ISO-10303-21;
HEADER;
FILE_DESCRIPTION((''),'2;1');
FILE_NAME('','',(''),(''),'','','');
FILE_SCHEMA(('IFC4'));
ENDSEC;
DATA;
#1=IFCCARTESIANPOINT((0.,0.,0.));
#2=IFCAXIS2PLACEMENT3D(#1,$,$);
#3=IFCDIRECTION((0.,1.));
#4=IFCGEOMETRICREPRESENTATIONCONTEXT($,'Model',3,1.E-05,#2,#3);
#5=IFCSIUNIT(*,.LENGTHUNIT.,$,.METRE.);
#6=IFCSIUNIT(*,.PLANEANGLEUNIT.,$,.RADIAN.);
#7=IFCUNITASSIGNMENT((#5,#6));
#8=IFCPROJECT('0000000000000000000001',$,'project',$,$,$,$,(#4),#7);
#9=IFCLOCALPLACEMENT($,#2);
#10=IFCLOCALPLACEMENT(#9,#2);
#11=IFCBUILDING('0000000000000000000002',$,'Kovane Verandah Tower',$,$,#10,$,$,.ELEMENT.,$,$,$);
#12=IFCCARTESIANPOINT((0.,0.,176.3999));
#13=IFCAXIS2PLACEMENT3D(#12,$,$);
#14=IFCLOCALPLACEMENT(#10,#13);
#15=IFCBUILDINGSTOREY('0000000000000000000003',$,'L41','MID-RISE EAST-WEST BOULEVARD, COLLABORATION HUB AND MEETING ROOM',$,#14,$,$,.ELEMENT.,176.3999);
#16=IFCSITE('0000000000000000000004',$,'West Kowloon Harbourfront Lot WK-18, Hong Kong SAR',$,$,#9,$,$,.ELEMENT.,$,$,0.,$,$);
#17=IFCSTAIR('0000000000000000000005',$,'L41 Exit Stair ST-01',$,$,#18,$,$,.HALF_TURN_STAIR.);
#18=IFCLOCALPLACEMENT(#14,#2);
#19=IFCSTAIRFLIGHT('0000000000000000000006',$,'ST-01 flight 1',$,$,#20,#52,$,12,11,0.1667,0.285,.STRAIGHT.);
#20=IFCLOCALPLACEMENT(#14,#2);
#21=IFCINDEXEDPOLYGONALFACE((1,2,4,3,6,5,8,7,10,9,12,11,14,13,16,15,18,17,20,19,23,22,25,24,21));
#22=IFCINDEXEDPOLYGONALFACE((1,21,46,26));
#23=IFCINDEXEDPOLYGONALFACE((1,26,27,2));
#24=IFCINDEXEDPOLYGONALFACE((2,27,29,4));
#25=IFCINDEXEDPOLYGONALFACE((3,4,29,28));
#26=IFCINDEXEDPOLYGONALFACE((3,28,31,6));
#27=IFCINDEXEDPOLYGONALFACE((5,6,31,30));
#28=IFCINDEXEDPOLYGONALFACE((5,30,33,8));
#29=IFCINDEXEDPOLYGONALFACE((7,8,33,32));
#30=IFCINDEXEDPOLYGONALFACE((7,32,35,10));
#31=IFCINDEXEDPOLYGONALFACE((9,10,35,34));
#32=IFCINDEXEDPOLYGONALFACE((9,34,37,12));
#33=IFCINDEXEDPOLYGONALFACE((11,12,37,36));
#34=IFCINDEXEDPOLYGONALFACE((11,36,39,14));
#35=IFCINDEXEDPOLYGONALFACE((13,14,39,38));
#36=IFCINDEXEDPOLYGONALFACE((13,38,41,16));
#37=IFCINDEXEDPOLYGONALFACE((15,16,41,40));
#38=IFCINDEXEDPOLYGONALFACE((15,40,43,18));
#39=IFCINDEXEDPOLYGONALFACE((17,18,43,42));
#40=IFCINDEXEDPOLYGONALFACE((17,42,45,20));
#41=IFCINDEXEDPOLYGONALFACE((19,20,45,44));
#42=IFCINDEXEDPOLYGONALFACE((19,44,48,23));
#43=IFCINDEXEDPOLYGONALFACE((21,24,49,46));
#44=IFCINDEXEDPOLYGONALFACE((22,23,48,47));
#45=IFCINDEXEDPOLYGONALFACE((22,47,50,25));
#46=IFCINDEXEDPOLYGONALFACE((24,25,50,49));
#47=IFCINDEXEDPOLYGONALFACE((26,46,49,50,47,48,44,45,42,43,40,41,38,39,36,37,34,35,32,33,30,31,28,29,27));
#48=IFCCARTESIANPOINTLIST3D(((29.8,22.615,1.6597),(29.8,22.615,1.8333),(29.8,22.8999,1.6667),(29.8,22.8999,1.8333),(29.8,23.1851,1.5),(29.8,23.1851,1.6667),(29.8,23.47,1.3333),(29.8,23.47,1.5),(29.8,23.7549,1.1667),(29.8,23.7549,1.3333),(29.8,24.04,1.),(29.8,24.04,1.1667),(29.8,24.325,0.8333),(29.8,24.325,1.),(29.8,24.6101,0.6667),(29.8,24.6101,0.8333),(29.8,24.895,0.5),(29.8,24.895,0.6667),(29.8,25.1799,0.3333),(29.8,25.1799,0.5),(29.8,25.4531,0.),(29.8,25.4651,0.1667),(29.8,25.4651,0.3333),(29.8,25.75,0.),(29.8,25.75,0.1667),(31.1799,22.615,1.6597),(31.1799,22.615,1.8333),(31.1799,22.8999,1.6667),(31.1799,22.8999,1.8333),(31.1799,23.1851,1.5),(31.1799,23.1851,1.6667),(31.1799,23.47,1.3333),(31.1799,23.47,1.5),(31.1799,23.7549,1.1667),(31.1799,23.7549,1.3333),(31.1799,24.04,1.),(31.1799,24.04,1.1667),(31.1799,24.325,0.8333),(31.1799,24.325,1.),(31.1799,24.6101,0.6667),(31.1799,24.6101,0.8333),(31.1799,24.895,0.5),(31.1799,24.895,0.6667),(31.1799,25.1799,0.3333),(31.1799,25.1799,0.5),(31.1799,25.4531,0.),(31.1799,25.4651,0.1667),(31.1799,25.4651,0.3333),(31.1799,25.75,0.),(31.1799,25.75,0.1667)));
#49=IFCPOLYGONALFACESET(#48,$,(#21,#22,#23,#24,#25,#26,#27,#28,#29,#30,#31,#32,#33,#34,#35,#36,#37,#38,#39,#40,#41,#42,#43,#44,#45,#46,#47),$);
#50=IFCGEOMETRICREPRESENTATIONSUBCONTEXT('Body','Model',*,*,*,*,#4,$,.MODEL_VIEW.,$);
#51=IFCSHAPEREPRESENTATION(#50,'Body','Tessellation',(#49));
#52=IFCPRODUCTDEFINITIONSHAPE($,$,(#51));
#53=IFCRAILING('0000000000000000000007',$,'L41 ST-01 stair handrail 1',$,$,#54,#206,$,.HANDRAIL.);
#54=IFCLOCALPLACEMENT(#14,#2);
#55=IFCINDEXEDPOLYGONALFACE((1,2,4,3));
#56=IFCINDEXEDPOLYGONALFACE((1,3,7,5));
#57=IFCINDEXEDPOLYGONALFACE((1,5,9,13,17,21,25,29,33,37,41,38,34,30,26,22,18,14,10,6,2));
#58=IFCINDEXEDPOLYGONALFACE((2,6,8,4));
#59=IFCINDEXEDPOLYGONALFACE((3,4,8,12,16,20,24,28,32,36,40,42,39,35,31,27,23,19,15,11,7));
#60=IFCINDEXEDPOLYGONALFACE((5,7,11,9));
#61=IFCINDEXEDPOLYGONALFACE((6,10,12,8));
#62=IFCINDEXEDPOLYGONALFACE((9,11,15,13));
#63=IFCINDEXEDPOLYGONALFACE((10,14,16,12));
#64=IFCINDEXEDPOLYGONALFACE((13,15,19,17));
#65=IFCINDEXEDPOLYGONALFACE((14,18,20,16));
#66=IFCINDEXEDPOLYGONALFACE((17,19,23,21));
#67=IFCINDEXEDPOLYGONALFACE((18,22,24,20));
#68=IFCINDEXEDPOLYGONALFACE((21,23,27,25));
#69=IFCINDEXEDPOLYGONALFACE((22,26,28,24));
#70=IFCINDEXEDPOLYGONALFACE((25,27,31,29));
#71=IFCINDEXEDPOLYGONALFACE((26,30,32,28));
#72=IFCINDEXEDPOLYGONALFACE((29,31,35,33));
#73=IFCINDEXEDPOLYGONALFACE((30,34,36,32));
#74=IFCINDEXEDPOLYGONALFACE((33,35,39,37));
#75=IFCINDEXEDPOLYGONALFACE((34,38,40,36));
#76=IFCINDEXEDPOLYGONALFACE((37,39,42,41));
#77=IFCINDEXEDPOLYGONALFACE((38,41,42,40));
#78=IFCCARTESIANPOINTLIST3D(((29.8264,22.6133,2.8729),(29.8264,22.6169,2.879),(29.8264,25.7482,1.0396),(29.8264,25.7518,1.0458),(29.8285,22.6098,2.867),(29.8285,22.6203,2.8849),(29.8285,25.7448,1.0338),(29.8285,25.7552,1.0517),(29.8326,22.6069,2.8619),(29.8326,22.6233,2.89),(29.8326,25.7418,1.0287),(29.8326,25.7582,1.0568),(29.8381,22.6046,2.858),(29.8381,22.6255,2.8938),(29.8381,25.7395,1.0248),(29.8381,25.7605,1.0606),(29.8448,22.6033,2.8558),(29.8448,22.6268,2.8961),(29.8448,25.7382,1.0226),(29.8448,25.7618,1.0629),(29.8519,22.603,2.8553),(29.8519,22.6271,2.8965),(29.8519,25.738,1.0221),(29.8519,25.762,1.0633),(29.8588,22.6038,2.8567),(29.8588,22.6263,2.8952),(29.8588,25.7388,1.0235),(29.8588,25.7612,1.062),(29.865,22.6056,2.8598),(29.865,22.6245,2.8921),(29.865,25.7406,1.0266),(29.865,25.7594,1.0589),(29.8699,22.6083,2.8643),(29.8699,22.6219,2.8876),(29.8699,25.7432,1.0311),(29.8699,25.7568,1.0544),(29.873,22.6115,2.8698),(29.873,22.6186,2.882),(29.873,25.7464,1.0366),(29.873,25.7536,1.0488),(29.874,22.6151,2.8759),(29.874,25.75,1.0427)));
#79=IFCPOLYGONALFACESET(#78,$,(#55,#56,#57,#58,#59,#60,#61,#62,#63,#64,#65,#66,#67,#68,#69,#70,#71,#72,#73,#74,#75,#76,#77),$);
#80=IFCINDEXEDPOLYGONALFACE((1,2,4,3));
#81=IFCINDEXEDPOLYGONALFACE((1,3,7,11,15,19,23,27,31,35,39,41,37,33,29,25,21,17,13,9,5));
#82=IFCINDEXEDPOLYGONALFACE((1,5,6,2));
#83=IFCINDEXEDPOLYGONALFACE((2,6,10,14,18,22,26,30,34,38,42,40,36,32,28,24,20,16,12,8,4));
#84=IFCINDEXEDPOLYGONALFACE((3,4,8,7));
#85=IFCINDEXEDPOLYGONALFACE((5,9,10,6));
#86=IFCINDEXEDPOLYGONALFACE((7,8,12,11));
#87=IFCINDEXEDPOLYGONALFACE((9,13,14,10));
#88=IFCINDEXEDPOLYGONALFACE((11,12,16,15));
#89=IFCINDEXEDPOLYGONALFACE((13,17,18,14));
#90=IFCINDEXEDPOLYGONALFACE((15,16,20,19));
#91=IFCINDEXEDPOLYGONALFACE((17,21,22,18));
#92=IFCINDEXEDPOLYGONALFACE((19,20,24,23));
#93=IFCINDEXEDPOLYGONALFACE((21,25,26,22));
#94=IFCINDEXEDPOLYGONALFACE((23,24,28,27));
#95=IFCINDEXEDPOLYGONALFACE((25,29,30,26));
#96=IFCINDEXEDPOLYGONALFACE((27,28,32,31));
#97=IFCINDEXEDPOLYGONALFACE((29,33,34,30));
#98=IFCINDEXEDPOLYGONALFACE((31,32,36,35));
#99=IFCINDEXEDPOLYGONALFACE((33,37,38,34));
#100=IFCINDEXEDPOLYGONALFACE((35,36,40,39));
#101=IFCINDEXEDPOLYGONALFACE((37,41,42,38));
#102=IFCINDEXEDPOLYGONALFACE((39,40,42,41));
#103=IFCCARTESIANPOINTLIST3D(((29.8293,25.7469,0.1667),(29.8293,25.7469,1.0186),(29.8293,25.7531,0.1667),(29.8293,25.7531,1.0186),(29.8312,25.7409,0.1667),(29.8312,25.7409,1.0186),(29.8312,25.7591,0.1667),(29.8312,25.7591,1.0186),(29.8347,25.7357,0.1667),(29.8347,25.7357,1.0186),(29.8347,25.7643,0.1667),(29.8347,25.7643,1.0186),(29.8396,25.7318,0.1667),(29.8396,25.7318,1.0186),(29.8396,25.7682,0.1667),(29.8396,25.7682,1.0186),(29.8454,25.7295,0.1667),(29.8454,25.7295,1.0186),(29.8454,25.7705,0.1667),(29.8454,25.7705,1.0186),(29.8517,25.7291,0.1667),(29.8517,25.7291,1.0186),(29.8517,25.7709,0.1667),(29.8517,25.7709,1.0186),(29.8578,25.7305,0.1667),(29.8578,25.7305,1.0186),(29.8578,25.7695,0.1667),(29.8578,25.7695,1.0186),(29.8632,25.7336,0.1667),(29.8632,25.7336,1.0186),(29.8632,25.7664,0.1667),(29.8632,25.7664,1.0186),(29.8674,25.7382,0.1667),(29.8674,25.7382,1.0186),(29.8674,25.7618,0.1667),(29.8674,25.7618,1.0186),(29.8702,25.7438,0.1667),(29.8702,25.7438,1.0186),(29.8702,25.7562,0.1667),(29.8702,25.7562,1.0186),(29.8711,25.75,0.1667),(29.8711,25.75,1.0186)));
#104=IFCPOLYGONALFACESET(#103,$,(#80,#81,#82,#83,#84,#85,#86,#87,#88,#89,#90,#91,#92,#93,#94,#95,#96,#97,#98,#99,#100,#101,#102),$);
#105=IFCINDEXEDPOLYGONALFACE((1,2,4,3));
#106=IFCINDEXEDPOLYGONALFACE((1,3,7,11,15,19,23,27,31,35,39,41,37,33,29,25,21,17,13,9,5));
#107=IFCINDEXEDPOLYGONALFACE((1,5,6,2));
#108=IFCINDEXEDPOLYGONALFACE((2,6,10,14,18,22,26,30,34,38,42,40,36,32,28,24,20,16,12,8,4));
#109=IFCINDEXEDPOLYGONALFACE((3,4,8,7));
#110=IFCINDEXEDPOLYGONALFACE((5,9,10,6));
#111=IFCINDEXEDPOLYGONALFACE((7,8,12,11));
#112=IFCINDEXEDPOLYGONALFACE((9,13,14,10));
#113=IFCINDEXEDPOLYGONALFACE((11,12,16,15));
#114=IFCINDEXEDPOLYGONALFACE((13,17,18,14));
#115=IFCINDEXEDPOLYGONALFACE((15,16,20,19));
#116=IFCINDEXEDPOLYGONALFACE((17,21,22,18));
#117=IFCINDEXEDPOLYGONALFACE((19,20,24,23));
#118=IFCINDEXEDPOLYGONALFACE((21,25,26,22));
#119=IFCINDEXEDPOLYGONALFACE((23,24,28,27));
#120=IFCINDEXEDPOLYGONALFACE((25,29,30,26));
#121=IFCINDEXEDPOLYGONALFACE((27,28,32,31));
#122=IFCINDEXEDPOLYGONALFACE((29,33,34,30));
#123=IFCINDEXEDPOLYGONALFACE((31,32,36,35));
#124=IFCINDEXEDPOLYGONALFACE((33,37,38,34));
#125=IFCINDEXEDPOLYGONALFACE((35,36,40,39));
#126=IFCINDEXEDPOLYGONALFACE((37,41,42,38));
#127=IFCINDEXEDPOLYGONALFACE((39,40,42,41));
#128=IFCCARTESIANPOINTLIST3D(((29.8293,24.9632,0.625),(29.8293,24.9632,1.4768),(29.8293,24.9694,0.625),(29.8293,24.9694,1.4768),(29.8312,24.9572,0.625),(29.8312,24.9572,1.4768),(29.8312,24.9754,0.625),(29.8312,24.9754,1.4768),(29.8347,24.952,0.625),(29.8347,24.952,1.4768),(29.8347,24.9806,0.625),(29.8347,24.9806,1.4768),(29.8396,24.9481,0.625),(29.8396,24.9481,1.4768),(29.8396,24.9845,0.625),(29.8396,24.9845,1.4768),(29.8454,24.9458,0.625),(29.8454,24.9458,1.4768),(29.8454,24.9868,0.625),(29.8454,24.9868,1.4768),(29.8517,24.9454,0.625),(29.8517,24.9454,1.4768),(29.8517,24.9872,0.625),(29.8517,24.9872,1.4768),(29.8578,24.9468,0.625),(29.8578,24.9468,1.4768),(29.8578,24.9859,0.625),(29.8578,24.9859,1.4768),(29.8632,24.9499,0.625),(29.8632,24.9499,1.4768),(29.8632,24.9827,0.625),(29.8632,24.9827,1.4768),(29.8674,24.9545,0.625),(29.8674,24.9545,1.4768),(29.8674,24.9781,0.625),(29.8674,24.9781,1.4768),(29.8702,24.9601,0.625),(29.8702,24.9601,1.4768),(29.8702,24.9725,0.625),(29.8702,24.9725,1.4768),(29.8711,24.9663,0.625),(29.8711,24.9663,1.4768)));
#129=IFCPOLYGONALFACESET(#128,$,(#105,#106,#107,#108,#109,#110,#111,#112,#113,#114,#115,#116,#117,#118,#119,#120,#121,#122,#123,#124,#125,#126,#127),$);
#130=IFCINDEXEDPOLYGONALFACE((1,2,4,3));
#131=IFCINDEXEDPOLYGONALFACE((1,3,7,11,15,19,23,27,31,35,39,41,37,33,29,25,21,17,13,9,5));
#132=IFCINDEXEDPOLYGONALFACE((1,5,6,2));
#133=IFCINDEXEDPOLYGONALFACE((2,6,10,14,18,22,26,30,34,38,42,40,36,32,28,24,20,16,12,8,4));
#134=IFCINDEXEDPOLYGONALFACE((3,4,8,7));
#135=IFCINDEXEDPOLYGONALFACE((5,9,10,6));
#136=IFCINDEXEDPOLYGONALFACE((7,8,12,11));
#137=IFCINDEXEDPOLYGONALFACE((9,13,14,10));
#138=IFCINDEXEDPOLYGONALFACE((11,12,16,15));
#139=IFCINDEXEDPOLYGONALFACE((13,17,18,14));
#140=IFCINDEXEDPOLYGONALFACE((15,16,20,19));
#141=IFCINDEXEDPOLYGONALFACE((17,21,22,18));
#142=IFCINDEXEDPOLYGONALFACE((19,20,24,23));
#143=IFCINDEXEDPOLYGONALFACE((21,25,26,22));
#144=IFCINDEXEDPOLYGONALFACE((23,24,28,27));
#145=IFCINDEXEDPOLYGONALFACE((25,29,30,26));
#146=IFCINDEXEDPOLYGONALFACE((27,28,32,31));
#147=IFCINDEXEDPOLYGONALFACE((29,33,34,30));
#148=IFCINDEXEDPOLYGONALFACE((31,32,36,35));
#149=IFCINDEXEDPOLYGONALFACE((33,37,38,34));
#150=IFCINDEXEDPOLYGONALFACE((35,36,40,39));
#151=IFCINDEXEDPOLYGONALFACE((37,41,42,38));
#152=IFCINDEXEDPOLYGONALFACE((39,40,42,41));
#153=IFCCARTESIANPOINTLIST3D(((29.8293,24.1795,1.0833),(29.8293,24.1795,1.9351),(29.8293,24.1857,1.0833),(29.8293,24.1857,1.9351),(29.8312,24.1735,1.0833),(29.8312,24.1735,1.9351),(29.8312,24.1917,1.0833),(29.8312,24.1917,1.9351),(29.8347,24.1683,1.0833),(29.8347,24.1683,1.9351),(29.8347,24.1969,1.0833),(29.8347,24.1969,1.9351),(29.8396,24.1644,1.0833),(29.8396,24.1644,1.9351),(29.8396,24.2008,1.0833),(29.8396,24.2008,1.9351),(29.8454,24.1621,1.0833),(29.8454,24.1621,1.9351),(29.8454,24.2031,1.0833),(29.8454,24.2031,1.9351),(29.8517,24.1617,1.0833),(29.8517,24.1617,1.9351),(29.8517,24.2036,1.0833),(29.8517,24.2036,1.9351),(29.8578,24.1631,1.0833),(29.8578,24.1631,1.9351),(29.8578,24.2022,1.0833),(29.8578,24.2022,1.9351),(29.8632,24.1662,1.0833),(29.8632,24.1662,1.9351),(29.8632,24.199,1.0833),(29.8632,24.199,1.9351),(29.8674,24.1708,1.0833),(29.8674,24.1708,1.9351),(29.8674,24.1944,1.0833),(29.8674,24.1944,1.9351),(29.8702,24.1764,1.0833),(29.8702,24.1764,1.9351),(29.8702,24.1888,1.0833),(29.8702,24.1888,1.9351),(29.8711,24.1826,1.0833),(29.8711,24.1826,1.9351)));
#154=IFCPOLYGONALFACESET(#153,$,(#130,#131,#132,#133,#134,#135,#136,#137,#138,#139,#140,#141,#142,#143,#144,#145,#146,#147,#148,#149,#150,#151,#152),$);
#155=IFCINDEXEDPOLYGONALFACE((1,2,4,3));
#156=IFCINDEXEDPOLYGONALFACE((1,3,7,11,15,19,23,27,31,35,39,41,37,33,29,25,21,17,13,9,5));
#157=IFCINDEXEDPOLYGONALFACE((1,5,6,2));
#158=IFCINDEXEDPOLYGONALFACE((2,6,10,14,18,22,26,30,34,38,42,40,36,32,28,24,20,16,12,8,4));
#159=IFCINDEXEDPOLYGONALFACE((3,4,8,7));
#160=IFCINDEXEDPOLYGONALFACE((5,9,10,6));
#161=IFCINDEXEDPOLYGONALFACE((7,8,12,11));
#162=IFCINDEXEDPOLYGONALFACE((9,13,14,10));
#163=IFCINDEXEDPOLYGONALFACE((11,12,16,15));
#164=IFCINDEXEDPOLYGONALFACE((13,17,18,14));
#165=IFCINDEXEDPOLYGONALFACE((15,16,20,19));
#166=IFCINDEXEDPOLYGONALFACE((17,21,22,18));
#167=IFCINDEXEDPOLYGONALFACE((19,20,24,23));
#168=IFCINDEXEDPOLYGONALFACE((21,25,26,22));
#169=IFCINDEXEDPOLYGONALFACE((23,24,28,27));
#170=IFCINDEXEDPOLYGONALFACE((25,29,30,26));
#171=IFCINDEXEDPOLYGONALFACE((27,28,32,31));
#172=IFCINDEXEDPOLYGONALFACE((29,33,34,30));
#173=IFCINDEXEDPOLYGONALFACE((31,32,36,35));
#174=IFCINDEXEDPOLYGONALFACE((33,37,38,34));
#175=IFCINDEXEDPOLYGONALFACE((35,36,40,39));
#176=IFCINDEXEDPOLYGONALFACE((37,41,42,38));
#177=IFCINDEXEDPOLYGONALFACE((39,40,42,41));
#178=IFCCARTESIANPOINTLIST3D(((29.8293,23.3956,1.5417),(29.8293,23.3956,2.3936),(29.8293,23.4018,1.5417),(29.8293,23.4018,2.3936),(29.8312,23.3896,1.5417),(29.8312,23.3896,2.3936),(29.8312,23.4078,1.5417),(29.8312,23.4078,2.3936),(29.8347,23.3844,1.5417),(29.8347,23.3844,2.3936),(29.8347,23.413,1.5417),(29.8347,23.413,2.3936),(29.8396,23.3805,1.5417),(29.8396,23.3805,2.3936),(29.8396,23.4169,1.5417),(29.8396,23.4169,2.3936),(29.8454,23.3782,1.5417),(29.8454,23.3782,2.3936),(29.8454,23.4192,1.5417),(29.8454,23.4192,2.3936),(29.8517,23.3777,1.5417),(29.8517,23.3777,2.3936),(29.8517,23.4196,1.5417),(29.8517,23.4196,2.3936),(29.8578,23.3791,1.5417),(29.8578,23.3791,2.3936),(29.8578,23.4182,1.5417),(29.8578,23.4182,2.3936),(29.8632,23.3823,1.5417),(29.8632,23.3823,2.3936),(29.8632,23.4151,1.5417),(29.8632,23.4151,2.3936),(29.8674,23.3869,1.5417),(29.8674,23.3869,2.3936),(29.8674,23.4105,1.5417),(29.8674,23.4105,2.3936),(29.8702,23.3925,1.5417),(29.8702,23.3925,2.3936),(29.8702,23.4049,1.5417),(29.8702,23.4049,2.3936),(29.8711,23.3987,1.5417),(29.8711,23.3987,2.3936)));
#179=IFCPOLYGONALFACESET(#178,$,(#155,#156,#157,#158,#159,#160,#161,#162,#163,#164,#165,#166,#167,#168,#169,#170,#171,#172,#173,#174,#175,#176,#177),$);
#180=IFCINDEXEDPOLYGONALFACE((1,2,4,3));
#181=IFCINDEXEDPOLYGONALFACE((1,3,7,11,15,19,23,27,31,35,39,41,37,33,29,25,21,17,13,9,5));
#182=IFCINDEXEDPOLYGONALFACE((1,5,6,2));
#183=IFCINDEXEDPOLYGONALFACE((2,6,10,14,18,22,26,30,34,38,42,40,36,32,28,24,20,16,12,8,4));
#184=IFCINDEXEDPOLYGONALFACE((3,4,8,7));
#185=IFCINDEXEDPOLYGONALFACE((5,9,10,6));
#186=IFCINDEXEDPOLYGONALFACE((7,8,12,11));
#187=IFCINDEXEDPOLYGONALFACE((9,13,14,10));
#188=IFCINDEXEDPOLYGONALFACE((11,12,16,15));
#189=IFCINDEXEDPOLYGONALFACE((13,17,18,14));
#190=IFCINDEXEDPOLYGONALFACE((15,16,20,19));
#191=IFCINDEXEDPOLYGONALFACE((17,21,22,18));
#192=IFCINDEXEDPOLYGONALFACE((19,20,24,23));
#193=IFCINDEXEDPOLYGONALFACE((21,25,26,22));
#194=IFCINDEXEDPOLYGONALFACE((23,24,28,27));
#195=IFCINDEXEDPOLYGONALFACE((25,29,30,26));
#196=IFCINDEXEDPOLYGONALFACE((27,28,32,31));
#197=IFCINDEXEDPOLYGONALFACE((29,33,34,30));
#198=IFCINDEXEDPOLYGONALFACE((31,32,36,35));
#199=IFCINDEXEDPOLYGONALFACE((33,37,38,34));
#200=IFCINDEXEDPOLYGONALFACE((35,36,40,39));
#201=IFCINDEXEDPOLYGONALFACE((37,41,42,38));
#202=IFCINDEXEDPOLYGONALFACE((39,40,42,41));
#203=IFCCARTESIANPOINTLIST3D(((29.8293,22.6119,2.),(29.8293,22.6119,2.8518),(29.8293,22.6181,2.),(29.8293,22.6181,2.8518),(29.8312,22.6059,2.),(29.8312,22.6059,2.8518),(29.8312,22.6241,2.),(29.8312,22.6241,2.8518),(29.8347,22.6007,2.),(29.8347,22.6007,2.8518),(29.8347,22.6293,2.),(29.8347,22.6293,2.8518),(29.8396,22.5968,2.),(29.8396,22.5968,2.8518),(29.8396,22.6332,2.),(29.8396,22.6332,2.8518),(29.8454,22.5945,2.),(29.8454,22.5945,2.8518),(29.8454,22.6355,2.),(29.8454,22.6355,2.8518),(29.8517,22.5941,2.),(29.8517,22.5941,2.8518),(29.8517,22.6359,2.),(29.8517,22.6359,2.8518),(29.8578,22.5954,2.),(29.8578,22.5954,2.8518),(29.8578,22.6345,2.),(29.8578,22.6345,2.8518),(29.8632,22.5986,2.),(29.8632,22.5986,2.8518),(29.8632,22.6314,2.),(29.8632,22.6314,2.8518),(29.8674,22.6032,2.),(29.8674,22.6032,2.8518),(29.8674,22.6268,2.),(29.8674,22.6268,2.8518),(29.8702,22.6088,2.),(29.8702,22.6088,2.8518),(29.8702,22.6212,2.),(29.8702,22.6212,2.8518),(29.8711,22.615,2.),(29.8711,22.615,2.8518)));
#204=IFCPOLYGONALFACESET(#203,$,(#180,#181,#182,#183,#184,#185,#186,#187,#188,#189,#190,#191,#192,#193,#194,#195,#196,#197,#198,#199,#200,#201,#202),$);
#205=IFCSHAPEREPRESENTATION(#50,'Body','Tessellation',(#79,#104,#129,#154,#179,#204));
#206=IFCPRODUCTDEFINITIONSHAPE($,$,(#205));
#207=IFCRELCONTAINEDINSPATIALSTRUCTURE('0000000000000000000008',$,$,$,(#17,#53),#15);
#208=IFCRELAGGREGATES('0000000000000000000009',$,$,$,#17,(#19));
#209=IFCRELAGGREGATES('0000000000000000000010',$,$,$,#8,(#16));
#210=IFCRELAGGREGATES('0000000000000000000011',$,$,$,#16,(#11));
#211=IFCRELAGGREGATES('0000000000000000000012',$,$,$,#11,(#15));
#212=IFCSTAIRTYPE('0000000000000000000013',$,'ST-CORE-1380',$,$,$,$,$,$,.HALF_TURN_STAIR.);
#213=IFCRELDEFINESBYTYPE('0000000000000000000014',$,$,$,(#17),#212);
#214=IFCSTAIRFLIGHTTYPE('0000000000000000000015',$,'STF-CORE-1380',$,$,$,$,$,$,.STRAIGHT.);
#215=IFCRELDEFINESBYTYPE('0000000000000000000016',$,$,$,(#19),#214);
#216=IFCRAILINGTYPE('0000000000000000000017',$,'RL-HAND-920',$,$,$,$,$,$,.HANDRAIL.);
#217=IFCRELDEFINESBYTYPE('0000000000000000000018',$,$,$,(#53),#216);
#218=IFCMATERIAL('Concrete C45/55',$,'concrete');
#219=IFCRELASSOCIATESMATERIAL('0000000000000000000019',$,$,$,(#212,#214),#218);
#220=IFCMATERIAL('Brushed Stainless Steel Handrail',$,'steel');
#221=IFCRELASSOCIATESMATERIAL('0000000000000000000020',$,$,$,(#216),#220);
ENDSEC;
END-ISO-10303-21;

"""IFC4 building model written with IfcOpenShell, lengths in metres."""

from ifc_helpers import new_model, si_unit, direction, frame, origin, origin_2d, place, context, subcontext, project, spatial, polyline, circle, outline, extrude, material, type_object, element, aggregate, save


model = new_model("IFC4")

# Units and contexts
model_context = context("Model", 3, precision=1e-05, world=origin(), true_north=direction((0.0, 1.0)))
body_context = subcontext(model_context, "Body", "Model", "MODEL_VIEW")
ifc_project = project(units=[si_unit("LENGTHUNIT", "METRE"), si_unit("PLANEANGLEUNIT", "RADIAN")], contexts=[model_context])

# Site, building, storey
site_placement = place(None, origin())
site = spatial("IfcSite", under=ifc_project, at=site_placement, Name="West Kowloon Harbourfront Lot WK-18, Hong Kong SAR", CompositionType="ELEMENT", RefElevation=0.0)
building_placement = place(site_placement, origin())
building = spatial("IfcBuilding", under=site, at=building_placement, Name="Kovane Verandah Tower", CompositionType="ELEMENT")
storey_placement = place(building_placement, frame((0.0, 0.0, 176.3999)))
storey = spatial("IfcBuildingStorey", under=building, at=storey_placement, Name="L41", Description="MID-RISE EAST-WEST BOULEVARD, COLLABORATION HUB AND MEETING ROOM", CompositionType="ELEMENT", Elevation=176.3999)

# Shared definitions
ifc_material_1 = material(Name="Concrete C45/55", Category="concrete")

# Stair, stair flight
stair_type = type_object("IfcStairType", Name="ST-CORE-1380", PredefinedType="HALF_TURN_STAIR", material=ifc_material_1)
stair_placement = place(storey_placement, origin())
stair = element("IfcStair", 1, at=stair_placement, inside=storey, type_object=stair_type, Name="L41 Exit Stair ST-01", PredefinedType="HALF_TURN_STAIR")
stair_flight_type = type_object("IfcStairFlightType", Name="STF-CORE-1380", PredefinedType="STRAIGHT", material=ifc_material_1)
stair_flight_placement = place(storey_placement, frame((30.49, 25.75, 0.0), z_axis=(0.0, 0.0, 1.0), x_axis=(0.0, -1.0, 0.0)))
stair_flight = element("IfcStairFlight", 2, at=stair_flight_placement, type_object=stair_flight_type, Name="ST-01 flight 1", NumberOfRisers=12, NumberOfTreads=11, PredefinedType="STRAIGHT", RiserHeight=0.1667, TreadLength=0.285, context=body_context, shape_type="SweptSolid", body=[
    extrude(outline(polyline([(0.0, 0.0), (0.0, 0.1667), (0.2849, 0.1667), (0.2849, 0.3333), (0.5701, 0.3333), (0.5701, 0.5), (0.855, 0.5), (0.855, 0.6667), (1.1399, 0.6667), (1.1399, 0.8333), (1.425, 0.8333), (1.425, 1.0), (1.71, 1.0), (1.71, 1.1667), (1.9951, 1.1667), (1.9951, 1.3333), (2.28, 1.3333), (2.28, 1.5), (2.5649, 1.5), (2.5649, 1.6667), (2.8501, 1.6667), (2.8501, 1.8333), (3.135, 1.8333), (3.135, 2.0), (3.135, 1.6597), (0.2969, 0.0), (0.0, 0.0)])), frame((0.0, 0.6899, 0.0), z_axis=(0.0, -1.0, 0.0), x_axis=(1.0, 0.0, 0.0)), (0.0, 0.0, 1.0), 1.3799),
])
aggregate(stair, [stair_flight])

# Railing
ifc_material_2 = material(Name="Brushed Stainless Steel Handrail", Category="steel")
railing_type_1 = type_object("IfcRailingType", Name="RL-HAND-920", PredefinedType="HANDRAIL", material=ifc_material_2)
railing_1_placement = place(storey_placement, frame((29.8501, 25.75, 0.1667)))
element("IfcRailing", 3, at=railing_1_placement, inside=storey, type_object=railing_type_1, Name="L41 ST-01 stair handrail 1", PredefinedType="HANDRAIL", context=body_context, shape_type="SweptSolid", body=[
    extrude(circle(Radius=0.0239, at=origin_2d()), frame((0.0, 0.0, 0.876), z_axis=(0.0, -0.86324, 0.504794), x_axis=(1.0, 0.0, 0.0)), (0.0, 0.0, 1.0), 3.6316),
    extrude(circle(Radius=0.021, at=origin_2d()), origin(), (0.0, 0.0, 1.0), 0.8518),
    extrude(circle(Radius=0.021, at=origin_2d()), frame((0.0, -0.7837, 0.4583)), (0.0, 0.0, 1.0), 0.8518),
    extrude(circle(Radius=0.021, at=origin_2d()), frame((0.0, -1.5674, 0.9165)), (0.0, 0.0, 1.0), 0.8518),
    extrude(circle(Radius=0.021, at=origin_2d()), frame((0.0, -2.3513, 1.375)), (0.0, 0.0, 1.0), 0.8518),
    extrude(circle(Radius=0.021, at=origin_2d()), frame((0.0, -3.135, 1.8333)), (0.0, 0.0, 1.0), 0.8518),
])

save(model, "model.ifc")
